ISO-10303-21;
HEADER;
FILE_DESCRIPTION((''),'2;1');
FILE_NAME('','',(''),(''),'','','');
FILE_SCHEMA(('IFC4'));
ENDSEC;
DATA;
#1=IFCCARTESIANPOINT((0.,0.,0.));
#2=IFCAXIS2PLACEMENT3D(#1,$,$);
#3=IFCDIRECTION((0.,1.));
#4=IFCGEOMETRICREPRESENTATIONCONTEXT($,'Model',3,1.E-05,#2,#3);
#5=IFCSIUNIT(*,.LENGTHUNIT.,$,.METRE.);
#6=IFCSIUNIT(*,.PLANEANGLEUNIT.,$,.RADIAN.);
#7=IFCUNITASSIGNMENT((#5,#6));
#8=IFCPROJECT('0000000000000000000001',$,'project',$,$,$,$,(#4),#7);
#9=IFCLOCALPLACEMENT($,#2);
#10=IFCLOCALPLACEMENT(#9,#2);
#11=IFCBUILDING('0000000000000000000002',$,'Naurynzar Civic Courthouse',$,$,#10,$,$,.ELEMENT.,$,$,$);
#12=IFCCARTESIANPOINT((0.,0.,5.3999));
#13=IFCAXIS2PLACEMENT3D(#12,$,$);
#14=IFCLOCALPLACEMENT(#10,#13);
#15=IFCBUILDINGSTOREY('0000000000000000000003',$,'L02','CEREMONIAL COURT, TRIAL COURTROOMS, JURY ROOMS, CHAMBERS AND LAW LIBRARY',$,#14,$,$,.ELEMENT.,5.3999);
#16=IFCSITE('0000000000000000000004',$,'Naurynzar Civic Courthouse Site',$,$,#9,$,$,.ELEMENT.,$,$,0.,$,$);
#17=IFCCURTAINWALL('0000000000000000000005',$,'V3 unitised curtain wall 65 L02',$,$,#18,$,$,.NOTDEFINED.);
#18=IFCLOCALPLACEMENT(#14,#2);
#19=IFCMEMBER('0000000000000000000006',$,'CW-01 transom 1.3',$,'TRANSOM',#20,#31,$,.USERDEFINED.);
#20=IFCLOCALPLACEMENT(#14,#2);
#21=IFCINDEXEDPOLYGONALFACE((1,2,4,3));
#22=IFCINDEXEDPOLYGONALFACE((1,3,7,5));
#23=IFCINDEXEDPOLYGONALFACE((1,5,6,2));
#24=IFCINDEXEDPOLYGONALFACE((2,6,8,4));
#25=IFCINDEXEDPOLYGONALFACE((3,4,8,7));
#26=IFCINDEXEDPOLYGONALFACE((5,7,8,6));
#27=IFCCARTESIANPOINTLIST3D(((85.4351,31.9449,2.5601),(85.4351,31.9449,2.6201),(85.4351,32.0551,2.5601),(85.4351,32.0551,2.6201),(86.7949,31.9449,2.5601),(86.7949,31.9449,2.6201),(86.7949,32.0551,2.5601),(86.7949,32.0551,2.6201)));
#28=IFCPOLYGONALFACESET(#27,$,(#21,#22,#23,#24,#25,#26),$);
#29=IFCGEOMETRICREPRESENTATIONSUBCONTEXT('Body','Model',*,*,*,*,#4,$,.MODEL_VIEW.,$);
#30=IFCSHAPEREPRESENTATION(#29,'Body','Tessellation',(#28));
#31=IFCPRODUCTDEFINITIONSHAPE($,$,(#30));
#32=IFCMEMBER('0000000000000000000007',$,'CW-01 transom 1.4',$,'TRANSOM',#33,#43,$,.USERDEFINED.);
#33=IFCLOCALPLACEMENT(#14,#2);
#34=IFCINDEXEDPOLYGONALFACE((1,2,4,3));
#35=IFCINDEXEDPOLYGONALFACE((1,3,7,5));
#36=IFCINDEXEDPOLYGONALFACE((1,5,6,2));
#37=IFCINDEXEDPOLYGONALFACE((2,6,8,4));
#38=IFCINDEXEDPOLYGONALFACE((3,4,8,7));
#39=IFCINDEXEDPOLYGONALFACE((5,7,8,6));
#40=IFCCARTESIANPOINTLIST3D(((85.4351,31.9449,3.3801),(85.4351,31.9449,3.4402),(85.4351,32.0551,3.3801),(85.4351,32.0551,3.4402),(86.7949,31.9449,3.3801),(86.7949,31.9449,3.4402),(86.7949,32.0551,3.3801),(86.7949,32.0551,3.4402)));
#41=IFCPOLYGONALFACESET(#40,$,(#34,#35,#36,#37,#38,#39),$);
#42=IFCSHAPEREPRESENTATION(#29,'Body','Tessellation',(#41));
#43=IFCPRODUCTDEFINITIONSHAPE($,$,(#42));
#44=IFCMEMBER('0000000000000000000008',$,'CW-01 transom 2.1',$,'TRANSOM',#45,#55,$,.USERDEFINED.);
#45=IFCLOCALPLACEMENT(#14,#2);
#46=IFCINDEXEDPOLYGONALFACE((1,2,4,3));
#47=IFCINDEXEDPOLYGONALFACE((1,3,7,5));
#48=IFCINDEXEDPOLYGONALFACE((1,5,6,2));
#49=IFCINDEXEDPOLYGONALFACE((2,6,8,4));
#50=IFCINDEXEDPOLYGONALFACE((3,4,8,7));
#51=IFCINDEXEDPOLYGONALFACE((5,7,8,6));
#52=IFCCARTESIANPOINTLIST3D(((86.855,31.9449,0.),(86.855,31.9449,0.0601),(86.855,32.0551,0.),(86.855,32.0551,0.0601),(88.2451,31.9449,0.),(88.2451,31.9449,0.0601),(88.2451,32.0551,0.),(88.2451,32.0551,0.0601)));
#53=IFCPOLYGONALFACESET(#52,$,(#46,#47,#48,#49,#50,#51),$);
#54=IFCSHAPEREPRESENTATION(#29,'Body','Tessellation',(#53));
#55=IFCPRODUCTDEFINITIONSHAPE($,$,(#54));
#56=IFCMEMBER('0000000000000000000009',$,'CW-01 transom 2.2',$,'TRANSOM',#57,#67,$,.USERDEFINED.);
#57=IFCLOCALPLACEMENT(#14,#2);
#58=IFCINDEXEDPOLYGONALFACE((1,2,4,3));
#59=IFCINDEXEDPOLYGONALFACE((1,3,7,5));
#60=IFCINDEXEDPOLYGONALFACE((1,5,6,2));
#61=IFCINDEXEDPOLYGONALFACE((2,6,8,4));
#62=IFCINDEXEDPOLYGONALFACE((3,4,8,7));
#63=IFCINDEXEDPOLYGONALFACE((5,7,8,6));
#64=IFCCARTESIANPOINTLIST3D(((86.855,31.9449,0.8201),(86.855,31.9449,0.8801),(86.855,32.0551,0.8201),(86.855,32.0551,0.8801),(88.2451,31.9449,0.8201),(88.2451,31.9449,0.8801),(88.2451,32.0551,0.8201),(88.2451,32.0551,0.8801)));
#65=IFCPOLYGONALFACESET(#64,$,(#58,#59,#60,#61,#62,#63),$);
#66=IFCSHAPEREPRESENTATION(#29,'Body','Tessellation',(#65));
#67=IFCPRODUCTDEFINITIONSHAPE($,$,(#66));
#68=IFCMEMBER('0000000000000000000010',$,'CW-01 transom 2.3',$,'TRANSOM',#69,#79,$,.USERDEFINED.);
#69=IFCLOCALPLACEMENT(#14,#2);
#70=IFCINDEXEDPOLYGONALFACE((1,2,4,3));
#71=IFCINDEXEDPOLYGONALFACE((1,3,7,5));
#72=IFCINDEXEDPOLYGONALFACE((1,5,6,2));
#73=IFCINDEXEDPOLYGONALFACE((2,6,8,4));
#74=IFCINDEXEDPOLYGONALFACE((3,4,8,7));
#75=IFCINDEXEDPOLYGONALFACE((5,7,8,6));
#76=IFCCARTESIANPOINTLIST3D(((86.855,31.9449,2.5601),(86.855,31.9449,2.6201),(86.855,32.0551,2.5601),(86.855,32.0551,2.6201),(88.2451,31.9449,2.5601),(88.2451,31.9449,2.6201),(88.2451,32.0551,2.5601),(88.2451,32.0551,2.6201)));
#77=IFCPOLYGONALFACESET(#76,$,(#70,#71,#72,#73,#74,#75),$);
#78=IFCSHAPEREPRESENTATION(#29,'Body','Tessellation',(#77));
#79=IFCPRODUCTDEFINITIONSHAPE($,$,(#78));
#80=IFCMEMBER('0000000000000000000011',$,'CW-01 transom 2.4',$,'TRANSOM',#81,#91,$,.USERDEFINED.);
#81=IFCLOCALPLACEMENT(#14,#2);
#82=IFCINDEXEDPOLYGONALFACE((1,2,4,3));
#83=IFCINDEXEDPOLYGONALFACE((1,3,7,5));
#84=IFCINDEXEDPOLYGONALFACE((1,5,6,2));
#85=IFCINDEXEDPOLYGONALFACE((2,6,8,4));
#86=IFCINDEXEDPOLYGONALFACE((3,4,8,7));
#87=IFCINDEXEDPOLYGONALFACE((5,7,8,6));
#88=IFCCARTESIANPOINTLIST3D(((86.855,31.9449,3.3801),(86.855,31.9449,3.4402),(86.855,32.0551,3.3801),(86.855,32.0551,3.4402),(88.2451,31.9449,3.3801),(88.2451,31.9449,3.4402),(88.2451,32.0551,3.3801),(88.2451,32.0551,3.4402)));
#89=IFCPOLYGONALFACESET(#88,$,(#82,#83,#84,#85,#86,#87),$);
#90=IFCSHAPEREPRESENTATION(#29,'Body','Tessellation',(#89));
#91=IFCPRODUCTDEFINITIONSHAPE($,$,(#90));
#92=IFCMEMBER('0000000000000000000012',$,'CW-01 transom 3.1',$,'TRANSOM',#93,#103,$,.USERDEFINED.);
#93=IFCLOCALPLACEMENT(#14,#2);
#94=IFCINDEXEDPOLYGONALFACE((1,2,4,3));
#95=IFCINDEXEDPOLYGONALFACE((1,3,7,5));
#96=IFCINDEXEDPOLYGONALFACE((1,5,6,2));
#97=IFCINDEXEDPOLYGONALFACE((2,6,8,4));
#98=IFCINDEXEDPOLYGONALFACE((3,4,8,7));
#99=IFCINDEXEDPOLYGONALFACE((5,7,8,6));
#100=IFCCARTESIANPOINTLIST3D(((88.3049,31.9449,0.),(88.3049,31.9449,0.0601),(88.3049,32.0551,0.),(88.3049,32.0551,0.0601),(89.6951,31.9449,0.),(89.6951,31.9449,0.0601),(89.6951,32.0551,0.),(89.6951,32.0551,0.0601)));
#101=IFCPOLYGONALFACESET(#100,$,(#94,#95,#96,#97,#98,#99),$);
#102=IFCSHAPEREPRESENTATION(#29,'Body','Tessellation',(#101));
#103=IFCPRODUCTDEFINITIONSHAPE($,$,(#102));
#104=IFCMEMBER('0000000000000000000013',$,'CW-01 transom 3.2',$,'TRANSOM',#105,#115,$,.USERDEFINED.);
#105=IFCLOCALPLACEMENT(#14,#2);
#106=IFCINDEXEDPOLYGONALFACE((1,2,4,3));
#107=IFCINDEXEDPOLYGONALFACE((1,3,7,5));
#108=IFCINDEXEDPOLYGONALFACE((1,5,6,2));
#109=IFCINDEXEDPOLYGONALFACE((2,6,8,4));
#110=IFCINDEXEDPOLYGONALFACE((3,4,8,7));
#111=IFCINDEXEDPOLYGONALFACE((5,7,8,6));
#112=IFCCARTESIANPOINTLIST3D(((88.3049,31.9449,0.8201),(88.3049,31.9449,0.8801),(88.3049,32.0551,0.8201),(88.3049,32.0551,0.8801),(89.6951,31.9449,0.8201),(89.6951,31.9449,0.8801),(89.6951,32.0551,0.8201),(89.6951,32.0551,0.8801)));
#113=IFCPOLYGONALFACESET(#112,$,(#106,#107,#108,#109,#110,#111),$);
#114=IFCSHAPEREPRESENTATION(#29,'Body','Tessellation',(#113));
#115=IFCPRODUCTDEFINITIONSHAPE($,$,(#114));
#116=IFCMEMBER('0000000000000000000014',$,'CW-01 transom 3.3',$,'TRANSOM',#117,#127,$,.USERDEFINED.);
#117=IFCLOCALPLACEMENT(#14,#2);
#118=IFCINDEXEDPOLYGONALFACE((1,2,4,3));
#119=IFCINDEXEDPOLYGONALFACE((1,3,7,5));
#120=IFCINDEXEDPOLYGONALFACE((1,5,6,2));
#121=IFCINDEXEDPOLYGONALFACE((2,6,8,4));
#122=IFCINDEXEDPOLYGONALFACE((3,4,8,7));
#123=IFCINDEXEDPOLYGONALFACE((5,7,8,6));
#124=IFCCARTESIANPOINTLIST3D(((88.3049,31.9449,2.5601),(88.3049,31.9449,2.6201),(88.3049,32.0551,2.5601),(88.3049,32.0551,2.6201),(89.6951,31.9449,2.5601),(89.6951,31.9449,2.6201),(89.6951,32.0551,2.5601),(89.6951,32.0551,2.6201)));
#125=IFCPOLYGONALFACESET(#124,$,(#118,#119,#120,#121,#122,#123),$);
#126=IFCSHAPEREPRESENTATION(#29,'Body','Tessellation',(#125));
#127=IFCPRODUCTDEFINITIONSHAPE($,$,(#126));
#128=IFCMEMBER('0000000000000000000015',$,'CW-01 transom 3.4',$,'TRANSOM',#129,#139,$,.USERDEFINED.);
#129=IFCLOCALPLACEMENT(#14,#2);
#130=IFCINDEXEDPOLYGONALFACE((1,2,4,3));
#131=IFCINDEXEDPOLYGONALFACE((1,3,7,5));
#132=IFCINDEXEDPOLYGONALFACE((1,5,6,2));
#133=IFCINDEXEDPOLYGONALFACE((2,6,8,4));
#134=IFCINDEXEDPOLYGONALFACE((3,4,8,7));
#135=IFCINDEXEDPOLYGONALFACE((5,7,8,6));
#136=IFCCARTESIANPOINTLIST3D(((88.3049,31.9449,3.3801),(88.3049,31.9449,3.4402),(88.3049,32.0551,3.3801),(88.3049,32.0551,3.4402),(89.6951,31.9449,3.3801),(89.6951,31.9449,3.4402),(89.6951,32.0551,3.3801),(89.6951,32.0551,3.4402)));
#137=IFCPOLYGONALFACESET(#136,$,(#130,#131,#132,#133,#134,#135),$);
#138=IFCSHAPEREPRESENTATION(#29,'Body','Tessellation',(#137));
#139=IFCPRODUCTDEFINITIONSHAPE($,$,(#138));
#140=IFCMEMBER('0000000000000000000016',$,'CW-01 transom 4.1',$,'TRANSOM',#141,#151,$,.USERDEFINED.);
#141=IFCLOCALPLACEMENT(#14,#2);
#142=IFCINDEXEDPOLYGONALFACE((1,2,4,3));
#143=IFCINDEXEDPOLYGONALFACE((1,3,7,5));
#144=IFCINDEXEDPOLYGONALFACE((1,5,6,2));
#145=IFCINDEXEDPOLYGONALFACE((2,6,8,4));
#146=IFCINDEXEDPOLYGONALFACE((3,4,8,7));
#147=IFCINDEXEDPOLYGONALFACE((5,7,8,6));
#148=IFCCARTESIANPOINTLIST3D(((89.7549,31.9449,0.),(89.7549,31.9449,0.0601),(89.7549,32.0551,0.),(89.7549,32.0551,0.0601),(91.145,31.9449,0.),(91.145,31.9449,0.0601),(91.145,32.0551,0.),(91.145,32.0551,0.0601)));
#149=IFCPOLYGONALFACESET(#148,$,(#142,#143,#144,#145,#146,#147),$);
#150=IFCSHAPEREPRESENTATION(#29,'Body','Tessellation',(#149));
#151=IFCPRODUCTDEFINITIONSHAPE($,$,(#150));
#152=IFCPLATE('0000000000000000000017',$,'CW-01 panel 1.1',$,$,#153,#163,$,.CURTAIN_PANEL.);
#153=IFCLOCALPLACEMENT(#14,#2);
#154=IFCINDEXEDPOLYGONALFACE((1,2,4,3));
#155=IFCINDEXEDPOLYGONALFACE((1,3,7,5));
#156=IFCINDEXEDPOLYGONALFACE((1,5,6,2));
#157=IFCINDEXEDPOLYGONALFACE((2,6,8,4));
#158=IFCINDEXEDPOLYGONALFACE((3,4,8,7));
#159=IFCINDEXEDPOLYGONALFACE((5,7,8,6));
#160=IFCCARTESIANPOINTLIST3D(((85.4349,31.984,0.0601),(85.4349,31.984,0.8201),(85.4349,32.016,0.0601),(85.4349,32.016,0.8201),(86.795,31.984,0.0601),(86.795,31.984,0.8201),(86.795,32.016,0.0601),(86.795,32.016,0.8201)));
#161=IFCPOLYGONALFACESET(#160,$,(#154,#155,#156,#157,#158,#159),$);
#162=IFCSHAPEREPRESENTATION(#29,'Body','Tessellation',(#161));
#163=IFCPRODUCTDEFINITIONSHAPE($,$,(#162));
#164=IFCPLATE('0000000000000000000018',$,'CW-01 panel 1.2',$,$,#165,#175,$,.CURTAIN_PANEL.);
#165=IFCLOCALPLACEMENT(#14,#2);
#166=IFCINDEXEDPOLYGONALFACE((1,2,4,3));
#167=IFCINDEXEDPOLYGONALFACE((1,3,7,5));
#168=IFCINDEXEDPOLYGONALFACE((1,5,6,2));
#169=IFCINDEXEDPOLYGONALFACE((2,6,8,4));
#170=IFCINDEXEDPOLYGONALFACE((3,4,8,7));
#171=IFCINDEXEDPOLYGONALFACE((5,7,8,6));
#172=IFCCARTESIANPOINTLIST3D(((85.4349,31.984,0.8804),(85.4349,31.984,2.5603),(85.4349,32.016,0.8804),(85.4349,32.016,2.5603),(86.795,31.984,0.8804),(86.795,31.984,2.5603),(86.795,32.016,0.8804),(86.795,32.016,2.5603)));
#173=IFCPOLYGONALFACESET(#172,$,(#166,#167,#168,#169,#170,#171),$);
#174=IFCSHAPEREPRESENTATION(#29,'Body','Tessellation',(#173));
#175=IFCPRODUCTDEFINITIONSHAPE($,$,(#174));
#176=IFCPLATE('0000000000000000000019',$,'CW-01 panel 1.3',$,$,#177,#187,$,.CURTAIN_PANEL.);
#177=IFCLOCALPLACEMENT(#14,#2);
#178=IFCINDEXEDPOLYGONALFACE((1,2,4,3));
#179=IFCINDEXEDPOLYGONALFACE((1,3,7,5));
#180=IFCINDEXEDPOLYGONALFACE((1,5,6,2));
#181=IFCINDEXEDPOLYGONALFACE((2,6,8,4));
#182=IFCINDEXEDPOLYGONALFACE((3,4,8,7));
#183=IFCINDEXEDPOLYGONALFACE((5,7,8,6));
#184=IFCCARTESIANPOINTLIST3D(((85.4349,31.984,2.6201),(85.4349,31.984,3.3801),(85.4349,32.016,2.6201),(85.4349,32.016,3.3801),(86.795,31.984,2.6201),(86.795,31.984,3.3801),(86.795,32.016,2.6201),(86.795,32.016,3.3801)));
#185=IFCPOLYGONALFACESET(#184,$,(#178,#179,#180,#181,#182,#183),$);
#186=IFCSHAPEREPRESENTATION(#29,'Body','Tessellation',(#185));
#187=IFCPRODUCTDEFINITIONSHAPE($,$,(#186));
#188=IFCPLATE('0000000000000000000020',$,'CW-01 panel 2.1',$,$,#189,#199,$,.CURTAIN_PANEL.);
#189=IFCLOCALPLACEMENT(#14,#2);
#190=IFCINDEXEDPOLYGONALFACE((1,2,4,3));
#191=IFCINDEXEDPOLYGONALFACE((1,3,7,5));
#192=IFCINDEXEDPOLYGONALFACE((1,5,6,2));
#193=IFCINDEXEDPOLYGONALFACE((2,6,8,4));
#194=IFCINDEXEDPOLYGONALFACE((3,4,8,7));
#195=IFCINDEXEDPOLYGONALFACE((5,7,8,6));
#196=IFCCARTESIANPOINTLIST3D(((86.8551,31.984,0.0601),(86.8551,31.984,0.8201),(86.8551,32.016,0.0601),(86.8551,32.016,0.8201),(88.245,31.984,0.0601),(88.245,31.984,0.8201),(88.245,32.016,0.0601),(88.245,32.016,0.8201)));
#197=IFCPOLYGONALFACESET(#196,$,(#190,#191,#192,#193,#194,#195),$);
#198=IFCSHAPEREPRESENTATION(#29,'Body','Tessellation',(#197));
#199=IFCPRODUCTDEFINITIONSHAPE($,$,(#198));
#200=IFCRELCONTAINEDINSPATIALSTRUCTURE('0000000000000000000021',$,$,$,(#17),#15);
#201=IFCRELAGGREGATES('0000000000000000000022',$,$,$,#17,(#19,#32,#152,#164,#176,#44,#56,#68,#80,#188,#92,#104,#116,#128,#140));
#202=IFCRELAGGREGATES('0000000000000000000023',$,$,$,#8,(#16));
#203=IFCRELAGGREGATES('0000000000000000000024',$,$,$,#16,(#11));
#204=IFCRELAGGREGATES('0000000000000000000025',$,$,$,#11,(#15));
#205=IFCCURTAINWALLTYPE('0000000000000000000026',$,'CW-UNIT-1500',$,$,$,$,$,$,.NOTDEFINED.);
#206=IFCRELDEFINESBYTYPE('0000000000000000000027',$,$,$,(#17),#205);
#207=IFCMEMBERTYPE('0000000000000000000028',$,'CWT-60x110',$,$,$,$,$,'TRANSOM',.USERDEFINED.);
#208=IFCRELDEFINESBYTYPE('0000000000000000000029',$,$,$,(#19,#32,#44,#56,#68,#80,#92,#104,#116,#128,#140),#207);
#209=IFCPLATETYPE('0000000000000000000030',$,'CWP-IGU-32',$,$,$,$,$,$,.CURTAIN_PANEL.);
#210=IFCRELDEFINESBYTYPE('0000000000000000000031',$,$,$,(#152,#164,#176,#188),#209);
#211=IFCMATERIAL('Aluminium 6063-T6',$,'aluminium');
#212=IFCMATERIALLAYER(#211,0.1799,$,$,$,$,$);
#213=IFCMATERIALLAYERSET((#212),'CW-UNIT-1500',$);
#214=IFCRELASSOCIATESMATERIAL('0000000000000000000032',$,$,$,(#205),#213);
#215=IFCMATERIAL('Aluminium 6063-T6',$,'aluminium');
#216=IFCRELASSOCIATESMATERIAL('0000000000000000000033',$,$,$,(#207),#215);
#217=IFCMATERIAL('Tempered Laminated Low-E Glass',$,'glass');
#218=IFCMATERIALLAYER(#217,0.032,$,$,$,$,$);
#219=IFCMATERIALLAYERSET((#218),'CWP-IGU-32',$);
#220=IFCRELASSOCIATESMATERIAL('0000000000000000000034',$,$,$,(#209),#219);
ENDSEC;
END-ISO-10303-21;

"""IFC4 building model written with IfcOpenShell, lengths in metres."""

from ifc_helpers import new_model, si_unit, direction, frame, origin, origin_2d, place, context, subcontext, project, spatial, rectangle, extrude, material, layer, layer_set, material_profile, profile_set, type_object, element, aggregate, save


model = new_model("IFC4")

# Units and contexts
model_context = context("Model", 3, precision=1e-05, world=origin(), true_north=direction((0.0, 1.0)))
body_context = subcontext(model_context, "Body", "Model", "MODEL_VIEW")
ifc_project = project(units=[si_unit("LENGTHUNIT", "METRE"), si_unit("PLANEANGLEUNIT", "RADIAN")], contexts=[model_context])

# Site, building, storey
site_placement = place(None, origin())
site = spatial("IfcSite", under=ifc_project, at=site_placement, Name="Naurynzar Civic Courthouse Site", CompositionType="ELEMENT", RefElevation=0.0)
building_placement = place(site_placement, origin())
building = spatial("IfcBuilding", under=site, at=building_placement, Name="Naurynzar Civic Courthouse", CompositionType="ELEMENT")
storey_placement = place(building_placement, frame((0.0, 0.0, 5.3999)))
storey = spatial("IfcBuildingStorey", under=building, at=storey_placement, Name="L02", Description="CEREMONIAL COURT, TRIAL COURTROOMS, JURY ROOMS, CHAMBERS AND LAW LIBRARY", CompositionType="ELEMENT", Elevation=5.3999)

# Curtain wall, members, plates
ifc_material_1 = material(Name="Aluminium 6063-T6", Category="aluminium")
ifc_layer_1 = layer(ifc_material_1, 0.1799)
ifc_layer_set_1 = layer_set([ifc_layer_1], Name="CW-UNIT-1500")
curtain_wall_type = type_object("IfcCurtainWallType", Name="CW-UNIT-1500", PredefinedType="NOTDEFINED", material=ifc_layer_set_1)
curtain_wall_placement = place(storey_placement, origin())
curtain_wall = element("IfcCurtainWall", 1, at=curtain_wall_placement, inside=storey, type_object=curtain_wall_type, Name="V3 unitised curtain wall 65 L02", PredefinedType="NOTDEFINED")
ifc_material_2 = material(Name="Aluminium 6063-T6", Category="aluminium")
ifc_material_profile_1 = material_profile(ifc_material_2, rectangle(XDim=0.1101, YDim=0.0601, at=origin_2d()), Name="ALU TRANSOM 60x110")
ifc_profile_set_1 = profile_set([ifc_material_profile_1], Name="Aluminium 6063-T6")
member_type_1 = type_object("IfcMemberType", Name="CWT-60x110", ElementType="TRANSOM", PredefinedType="USERDEFINED", material=ifc_profile_set_1)
member_1_placement = place(storey_placement, frame((85.4351, 32.0, 2.5901), z_axis=(1.0, 0.0, 0.0), x_axis=(0.0, 1.0, 0.0)))
member_1 = element("IfcMember", 2, at=member_1_placement, type_object=member_type_1, Name="CW-01 transom 1.3", ObjectType="TRANSOM", PredefinedType="USERDEFINED", context=body_context, shape_type="SweptSolid", body=[
    extrude(rectangle(XDim=0.1101, YDim=0.0601, at=origin_2d()), origin(), (0.0, 0.0, 1.0), 1.3599),
])
member_2_placement = place(storey_placement, frame((85.4351, 32.0, 3.4102), z_axis=(1.0, 0.0, 0.0), x_axis=(0.0, 1.0, 0.0)))
member_2 = element("IfcMember", 3, at=member_2_placement, type_object=member_type_1, Name="CW-01 transom 1.4", ObjectType="TRANSOM", PredefinedType="USERDEFINED", context=body_context, shape_type="SweptSolid", body=[
    extrude(rectangle(XDim=0.1101, YDim=0.0601, at=origin_2d()), origin(), (0.0, 0.0, 1.0), 1.3599),
])
member_3_placement = place(storey_placement, frame((86.855, 32.0, 0.03), z_axis=(1.0, 0.0, 0.0), x_axis=(0.0, 1.0, 0.0)))
member_3 = element("IfcMember", 4, at=member_3_placement, type_object=member_type_1, Name="CW-01 transom 2.1", ObjectType="TRANSOM", PredefinedType="USERDEFINED", context=body_context, shape_type="SweptSolid", body=[
    extrude(rectangle(XDim=0.1101, YDim=0.0601, at=origin_2d()), origin(), (0.0, 0.0, 1.0), 1.3901),
])
member_4_placement = place(storey_placement, frame((86.855, 32.0, 0.8501), z_axis=(1.0, 0.0, 0.0), x_axis=(0.0, 1.0, 0.0)))
member_4 = element("IfcMember", 5, at=member_4_placement, type_object=member_type_1, Name="CW-01 transom 2.2", ObjectType="TRANSOM", PredefinedType="USERDEFINED", context=body_context, shape_type="SweptSolid", body=[
    extrude(rectangle(XDim=0.1101, YDim=0.0601, at=origin_2d()), origin(), (0.0, 0.0, 1.0), 1.3901),
])
member_5_placement = place(storey_placement, frame((86.855, 32.0, 2.5901), z_axis=(1.0, 0.0, 0.0), x_axis=(0.0, 1.0, 0.0)))
member_5 = element("IfcMember", 6, at=member_5_placement, type_object=member_type_1, Name="CW-01 transom 2.3", ObjectType="TRANSOM", PredefinedType="USERDEFINED", context=body_context, shape_type="SweptSolid", body=[
    extrude(rectangle(XDim=0.1101, YDim=0.0601, at=origin_2d()), origin(), (0.0, 0.0, 1.0), 1.3901),
])
member_6_placement = place(storey_placement, frame((86.855, 32.0, 3.4102), z_axis=(1.0, 0.0, 0.0), x_axis=(0.0, 1.0, 0.0)))
member_6 = element("IfcMember", 7, at=member_6_placement, type_object=member_type_1, Name="CW-01 transom 2.4", ObjectType="TRANSOM", PredefinedType="USERDEFINED", context=body_context, shape_type="SweptSolid", body=[
    extrude(rectangle(XDim=0.1101, YDim=0.0601, at=origin_2d()), origin(), (0.0, 0.0, 1.0), 1.3901),
])
member_7_placement = place(storey_placement, frame((88.3049, 32.0, 0.03), z_axis=(1.0, 0.0, 0.0), x_axis=(0.0, 1.0, 0.0)))
member_7 = element("IfcMember", 8, at=member_7_placement, type_object=member_type_1, Name="CW-01 transom 3.1", ObjectType="TRANSOM", PredefinedType="USERDEFINED", context=body_context, shape_type="SweptSolid", body=[
    extrude(rectangle(XDim=0.1101, YDim=0.0601, at=origin_2d()), origin(), (0.0, 0.0, 1.0), 1.3901),
])
member_8_placement = place(storey_placement, frame((88.3049, 32.0, 0.8501), z_axis=(1.0, 0.0, 0.0), x_axis=(0.0, 1.0, 0.0)))
member_8 = element("IfcMember", 9, at=member_8_placement, type_object=member_type_1, Name="CW-01 transom 3.2", ObjectType="TRANSOM", PredefinedType="USERDEFINED", context=body_context, shape_type="SweptSolid", body=[
    extrude(rectangle(XDim=0.1101, YDim=0.0601, at=origin_2d()), origin(), (0.0, 0.0, 1.0), 1.3901),
])
member_9_placement = place(storey_placement, frame((88.3049, 32.0, 2.5901), z_axis=(1.0, 0.0, 0.0), x_axis=(0.0, 1.0, 0.0)))
member_9 = element("IfcMember", 10, at=member_9_placement, type_object=member_type_1, Name="CW-01 transom 3.3", ObjectType="TRANSOM", PredefinedType="USERDEFINED", context=body_context, shape_type="SweptSolid", body=[
    extrude(rectangle(XDim=0.1101, YDim=0.0601, at=origin_2d()), origin(), (0.0, 0.0, 1.0), 1.3901),
])
member_10_placement = place(storey_placement, frame((88.3049, 32.0, 3.4102), z_axis=(1.0, 0.0, 0.0), x_axis=(0.0, 1.0, 0.0)))
member_10 = element("IfcMember", 11, at=member_10_placement, type_object=member_type_1, Name="CW-01 transom 3.4", ObjectType="TRANSOM", PredefinedType="USERDEFINED", context=body_context, shape_type="SweptSolid", body=[
    extrude(rectangle(XDim=0.1101, YDim=0.0601, at=origin_2d()), origin(), (0.0, 0.0, 1.0), 1.3901),
])
member_11_placement = place(storey_placement, frame((89.7549, 32.0, 0.03), z_axis=(1.0, 0.0, 0.0), x_axis=(0.0, 1.0, 0.0)))
member_11 = element("IfcMember", 12, at=member_11_placement, type_object=member_type_1, Name="CW-01 transom 4.1", ObjectType="TRANSOM", PredefinedType="USERDEFINED", context=body_context, shape_type="SweptSolid", body=[
    extrude(rectangle(XDim=0.1101, YDim=0.0601, at=origin_2d()), origin(), (0.0, 0.0, 1.0), 1.3901),
])
ifc_material_3 = material(Name="Tempered Laminated Low-E Glass", Category="glass")
ifc_layer_2 = layer(ifc_material_3, 0.032)
ifc_layer_set_2 = layer_set([ifc_layer_2], Name="CWP-IGU-32")
plate_type = type_object("IfcPlateType", Name="CWP-IGU-32", PredefinedType="CURTAIN_PANEL", material=ifc_layer_set_2)
plate_1_placement = place(storey_placement, frame((86.115, 32.0, 0.0601), z_axis=(0.0, 0.0, 1.0), x_axis=(1.0, 0.0, 0.0)))
plate_1 = element("IfcPlate", 13, at=plate_1_placement, type_object=plate_type, Name="CW-01 panel 1.1", PredefinedType="CURTAIN_PANEL", context=body_context, shape_type="SweptSolid", body=[
    extrude(rectangle(XDim=1.3601, YDim=0.032, at=origin_2d()), origin(), (0.0, 0.0, 1.0), 0.76),
])
plate_2_placement = place(storey_placement, frame((86.115, 32.0, 0.8804), z_axis=(0.0, 0.0, 1.0), x_axis=(1.0, 0.0, 0.0)))
plate_2 = element("IfcPlate", 14, at=plate_2_placement, type_object=plate_type, Name="CW-01 panel 1.2", PredefinedType="CURTAIN_PANEL", context=body_context, shape_type="SweptSolid", body=[
    extrude(rectangle(XDim=1.3601, YDim=0.032, at=origin_2d()), origin(), (0.0, 0.0, 1.0), 1.6799),
])
plate_3_placement = place(storey_placement, frame((86.115, 32.0, 2.6201), z_axis=(0.0, 0.0, 1.0), x_axis=(1.0, 0.0, 0.0)))
plate_3 = element("IfcPlate", 15, at=plate_3_placement, type_object=plate_type, Name="CW-01 panel 1.3", PredefinedType="CURTAIN_PANEL", context=body_context, shape_type="SweptSolid", body=[
    extrude(rectangle(XDim=1.3601, YDim=0.032, at=origin_2d()), origin(), (0.0, 0.0, 1.0), 0.76),
])
plate_4_placement = place(storey_placement, frame((87.55, 32.0, 0.0601), z_axis=(0.0, 0.0, 1.0), x_axis=(1.0, 0.0, 0.0)))
plate_4 = element("IfcPlate", 16, at=plate_4_placement, type_object=plate_type, Name="CW-01 panel 2.1", PredefinedType="CURTAIN_PANEL", context=body_context, shape_type="SweptSolid", body=[
    extrude(rectangle(XDim=1.3899, YDim=0.032, at=origin_2d()), origin(), (0.0, 0.0, 1.0), 0.76),
])
aggregate(curtain_wall, [member_1, member_2, plate_1, plate_2, plate_3, member_3, member_4, member_5, member_6, plate_4, member_7, member_8, member_9, member_10, member_11])

save(model, "model.ifc")
